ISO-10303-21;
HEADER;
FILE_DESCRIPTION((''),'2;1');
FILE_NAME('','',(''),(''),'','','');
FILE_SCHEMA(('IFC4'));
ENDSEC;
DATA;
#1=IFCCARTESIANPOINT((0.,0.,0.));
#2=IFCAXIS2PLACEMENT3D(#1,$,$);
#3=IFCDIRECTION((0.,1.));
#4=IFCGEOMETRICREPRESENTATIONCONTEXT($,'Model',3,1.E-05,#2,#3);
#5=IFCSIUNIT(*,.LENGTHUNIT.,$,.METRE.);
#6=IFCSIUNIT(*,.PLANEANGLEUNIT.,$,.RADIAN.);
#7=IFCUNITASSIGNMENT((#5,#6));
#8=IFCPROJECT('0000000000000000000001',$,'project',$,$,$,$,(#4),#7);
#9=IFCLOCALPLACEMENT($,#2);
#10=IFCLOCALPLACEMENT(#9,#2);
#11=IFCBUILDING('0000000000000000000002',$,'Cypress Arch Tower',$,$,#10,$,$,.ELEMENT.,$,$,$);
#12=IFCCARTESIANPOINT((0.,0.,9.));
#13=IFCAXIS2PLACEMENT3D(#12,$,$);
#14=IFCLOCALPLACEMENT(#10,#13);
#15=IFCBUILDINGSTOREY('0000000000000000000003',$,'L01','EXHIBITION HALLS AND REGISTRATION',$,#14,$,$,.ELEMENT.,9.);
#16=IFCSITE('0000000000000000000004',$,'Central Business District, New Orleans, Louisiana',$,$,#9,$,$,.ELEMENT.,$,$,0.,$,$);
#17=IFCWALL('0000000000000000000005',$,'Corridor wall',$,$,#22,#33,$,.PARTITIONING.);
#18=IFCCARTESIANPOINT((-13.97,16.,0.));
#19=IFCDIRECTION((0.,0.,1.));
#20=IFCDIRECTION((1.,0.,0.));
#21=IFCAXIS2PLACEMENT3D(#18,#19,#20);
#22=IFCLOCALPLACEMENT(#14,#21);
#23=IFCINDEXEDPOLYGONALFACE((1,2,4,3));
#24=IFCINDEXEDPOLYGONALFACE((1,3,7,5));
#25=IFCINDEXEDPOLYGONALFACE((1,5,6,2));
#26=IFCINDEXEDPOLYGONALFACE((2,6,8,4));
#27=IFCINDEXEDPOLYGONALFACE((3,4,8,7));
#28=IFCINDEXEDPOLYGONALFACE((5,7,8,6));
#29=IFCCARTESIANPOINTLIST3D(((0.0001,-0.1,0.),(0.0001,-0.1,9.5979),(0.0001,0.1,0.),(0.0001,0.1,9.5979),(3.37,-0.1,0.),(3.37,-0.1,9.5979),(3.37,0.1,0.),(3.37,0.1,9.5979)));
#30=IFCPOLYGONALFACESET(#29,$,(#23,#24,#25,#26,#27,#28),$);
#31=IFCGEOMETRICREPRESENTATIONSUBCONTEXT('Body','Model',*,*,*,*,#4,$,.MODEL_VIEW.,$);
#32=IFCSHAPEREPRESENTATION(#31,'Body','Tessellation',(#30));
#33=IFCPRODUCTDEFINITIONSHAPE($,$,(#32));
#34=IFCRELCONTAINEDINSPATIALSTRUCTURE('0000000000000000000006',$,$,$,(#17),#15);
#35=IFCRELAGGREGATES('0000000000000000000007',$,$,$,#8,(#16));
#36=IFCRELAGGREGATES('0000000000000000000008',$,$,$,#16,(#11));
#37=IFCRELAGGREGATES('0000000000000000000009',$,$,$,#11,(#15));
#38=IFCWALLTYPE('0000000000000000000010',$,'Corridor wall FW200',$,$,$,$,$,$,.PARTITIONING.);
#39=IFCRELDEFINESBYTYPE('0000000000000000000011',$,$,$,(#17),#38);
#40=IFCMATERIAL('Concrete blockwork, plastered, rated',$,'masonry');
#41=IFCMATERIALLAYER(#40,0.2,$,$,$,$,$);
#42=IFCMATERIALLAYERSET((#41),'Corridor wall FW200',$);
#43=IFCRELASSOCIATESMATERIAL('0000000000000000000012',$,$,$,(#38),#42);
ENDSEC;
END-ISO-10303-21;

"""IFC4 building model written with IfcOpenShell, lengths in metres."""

from ifc_helpers import new_model, si_unit, direction, frame, frame_2d, origin, place, context, subcontext, project, spatial, rectangle, extrude, material, layer, layer_set, type_object, element, save


model = new_model("IFC4")

# Units and contexts
model_context = context("Model", 3, precision=1e-05, world=origin(), true_north=direction((0.0, 1.0)))
body_context = subcontext(model_context, "Body", "Model", "MODEL_VIEW")
ifc_project = project(units=[si_unit("LENGTHUNIT", "METRE"), si_unit("PLANEANGLEUNIT", "RADIAN")], contexts=[model_context])

# Site, building, storey
site_placement = place(None, origin())
site = spatial("IfcSite", under=ifc_project, at=site_placement, Name="Central Business District, New Orleans, Louisiana", CompositionType="ELEMENT", RefElevation=0.0)
building_placement = place(site_placement, origin())
building = spatial("IfcBuilding", under=site, at=building_placement, Name="Cypress Arch Tower", CompositionType="ELEMENT")
storey_placement = place(building_placement, frame((0.0, 0.0, 9.0)))
storey = spatial("IfcBuildingStorey", under=building, at=storey_placement, Name="L01", Description="EXHIBITION HALLS AND REGISTRATION", CompositionType="ELEMENT", Elevation=9.0)

# Wall
ifc_material_1 = material(Name="Concrete blockwork, plastered, rated", Category="masonry")
ifc_layer_1 = layer(ifc_material_1, 0.2)
ifc_layer_set_1 = layer_set([ifc_layer_1], Name="Corridor wall FW200")
wall_type_1 = type_object("IfcWallType", Name="Corridor wall FW200", PredefinedType="PARTITIONING", material=ifc_layer_set_1)
wall_1_placement = place(storey_placement, frame((-13.97, 16.0, 0.0), z_axis=(0.0, 0.0, 1.0), x_axis=(1.0, 0.0, 0.0)))
element("IfcWall", 1, at=wall_1_placement, inside=storey, type_object=wall_type_1, Name="Corridor wall", PredefinedType="PARTITIONING", context=body_context, shape_type="SweptSolid", body=[
    extrude(rectangle(XDim=3.3699, YDim=0.2, at=frame_2d((1.6851, 0.0))), origin(), (0.0, 0.0, 1.0), 9.5979),
])

save(model, "model.ifc")
